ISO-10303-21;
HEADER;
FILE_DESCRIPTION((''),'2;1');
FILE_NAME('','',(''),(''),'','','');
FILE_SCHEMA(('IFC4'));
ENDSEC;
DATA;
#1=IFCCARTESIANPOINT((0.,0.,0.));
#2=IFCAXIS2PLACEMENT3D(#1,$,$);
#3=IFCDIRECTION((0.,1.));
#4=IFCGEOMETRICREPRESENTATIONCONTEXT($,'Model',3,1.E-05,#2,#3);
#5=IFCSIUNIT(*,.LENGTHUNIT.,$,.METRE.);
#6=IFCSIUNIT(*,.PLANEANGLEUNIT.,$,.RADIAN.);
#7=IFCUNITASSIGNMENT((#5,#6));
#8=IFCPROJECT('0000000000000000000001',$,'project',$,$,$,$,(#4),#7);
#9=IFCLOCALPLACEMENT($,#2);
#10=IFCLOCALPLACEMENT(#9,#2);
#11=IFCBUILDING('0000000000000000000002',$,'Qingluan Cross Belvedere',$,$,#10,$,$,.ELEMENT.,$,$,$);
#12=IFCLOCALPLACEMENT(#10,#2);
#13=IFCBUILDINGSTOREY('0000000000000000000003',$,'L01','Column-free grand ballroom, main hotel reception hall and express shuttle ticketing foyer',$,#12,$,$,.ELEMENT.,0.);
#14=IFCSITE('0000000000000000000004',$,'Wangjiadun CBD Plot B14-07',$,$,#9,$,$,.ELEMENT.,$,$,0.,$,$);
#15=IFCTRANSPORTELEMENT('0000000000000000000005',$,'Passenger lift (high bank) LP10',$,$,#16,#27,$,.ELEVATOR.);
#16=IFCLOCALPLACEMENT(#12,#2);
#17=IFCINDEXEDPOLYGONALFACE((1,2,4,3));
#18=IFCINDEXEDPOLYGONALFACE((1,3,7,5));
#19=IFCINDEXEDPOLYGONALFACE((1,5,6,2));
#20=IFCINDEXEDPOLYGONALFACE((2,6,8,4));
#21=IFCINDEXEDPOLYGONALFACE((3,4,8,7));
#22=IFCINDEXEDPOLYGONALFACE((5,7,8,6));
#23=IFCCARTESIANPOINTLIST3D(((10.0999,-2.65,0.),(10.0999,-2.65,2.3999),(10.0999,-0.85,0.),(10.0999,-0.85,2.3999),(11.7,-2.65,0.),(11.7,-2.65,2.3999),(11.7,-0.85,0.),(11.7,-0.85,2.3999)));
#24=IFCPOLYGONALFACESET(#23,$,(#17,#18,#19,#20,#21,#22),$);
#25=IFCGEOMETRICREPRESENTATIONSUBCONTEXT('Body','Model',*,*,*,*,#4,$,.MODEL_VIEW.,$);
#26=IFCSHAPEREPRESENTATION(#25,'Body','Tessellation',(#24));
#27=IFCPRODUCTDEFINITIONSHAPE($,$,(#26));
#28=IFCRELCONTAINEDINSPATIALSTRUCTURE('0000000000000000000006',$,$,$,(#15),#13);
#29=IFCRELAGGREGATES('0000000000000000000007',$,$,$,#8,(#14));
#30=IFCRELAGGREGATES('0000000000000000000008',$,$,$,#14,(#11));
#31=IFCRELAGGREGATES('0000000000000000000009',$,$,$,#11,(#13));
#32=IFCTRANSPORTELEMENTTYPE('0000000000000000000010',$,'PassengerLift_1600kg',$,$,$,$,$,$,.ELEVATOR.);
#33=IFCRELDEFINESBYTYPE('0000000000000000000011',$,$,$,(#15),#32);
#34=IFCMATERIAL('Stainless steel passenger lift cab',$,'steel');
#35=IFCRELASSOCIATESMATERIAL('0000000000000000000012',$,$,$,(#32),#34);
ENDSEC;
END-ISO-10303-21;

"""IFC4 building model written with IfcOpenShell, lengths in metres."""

from ifc_helpers import new_model, si_unit, direction, frame, origin, origin_2d, place, context, subcontext, project, spatial, rectangle, extrude, material, type_object, element, save


model = new_model("IFC4")

# Units and contexts
model_context = context("Model", 3, precision=1e-05, world=origin(), true_north=direction((0.0, 1.0)))
body_context = subcontext(model_context, "Body", "Model", "MODEL_VIEW")
ifc_project = project(units=[si_unit("LENGTHUNIT", "METRE"), si_unit("PLANEANGLEUNIT", "RADIAN")], contexts=[model_context])

# Site, building, storey
site_placement = place(None, origin())
site = spatial("IfcSite", under=ifc_project, at=site_placement, Name="Wangjiadun CBD Plot B14-07", CompositionType="ELEMENT", RefElevation=0.0)
building_placement = place(site_placement, origin())
building = spatial("IfcBuilding", under=site, at=building_placement, Name="Qingluan Cross Belvedere", CompositionType="ELEMENT")
storey_placement = place(building_placement, origin())
storey = spatial("IfcBuildingStorey", under=building, at=storey_placement, Name="L01", Description="Column-free grand ballroom, main hotel reception hall and express shuttle ticketing foyer", CompositionType="ELEMENT", Elevation=0.0)

# Transport element
ifc_material_1 = material(Name="Stainless steel passenger lift cab", Category="steel")
transport_element_type = type_object("IfcTransportElementType", Name="PassengerLift_1600kg", PredefinedType="ELEVATOR", material=ifc_material_1)
transport_element_placement = place(storey_placement, frame((10.8999, -1.75, 0.0), z_axis=(0.0, 0.0, 1.0), x_axis=(1.0, 0.0, 0.0)))
element("IfcTransportElement", 1, at=transport_element_placement, inside=storey, type_object=transport_element_type, Name="Passenger lift (high bank) LP10", PredefinedType="ELEVATOR", context=body_context, shape_type="SweptSolid", body=[
    extrude(rectangle(XDim=1.6001, YDim=1.8, at=origin_2d()), origin(), (0.0, 0.0, 1.0), 2.3999),
])

save(model, "model.ifc")
